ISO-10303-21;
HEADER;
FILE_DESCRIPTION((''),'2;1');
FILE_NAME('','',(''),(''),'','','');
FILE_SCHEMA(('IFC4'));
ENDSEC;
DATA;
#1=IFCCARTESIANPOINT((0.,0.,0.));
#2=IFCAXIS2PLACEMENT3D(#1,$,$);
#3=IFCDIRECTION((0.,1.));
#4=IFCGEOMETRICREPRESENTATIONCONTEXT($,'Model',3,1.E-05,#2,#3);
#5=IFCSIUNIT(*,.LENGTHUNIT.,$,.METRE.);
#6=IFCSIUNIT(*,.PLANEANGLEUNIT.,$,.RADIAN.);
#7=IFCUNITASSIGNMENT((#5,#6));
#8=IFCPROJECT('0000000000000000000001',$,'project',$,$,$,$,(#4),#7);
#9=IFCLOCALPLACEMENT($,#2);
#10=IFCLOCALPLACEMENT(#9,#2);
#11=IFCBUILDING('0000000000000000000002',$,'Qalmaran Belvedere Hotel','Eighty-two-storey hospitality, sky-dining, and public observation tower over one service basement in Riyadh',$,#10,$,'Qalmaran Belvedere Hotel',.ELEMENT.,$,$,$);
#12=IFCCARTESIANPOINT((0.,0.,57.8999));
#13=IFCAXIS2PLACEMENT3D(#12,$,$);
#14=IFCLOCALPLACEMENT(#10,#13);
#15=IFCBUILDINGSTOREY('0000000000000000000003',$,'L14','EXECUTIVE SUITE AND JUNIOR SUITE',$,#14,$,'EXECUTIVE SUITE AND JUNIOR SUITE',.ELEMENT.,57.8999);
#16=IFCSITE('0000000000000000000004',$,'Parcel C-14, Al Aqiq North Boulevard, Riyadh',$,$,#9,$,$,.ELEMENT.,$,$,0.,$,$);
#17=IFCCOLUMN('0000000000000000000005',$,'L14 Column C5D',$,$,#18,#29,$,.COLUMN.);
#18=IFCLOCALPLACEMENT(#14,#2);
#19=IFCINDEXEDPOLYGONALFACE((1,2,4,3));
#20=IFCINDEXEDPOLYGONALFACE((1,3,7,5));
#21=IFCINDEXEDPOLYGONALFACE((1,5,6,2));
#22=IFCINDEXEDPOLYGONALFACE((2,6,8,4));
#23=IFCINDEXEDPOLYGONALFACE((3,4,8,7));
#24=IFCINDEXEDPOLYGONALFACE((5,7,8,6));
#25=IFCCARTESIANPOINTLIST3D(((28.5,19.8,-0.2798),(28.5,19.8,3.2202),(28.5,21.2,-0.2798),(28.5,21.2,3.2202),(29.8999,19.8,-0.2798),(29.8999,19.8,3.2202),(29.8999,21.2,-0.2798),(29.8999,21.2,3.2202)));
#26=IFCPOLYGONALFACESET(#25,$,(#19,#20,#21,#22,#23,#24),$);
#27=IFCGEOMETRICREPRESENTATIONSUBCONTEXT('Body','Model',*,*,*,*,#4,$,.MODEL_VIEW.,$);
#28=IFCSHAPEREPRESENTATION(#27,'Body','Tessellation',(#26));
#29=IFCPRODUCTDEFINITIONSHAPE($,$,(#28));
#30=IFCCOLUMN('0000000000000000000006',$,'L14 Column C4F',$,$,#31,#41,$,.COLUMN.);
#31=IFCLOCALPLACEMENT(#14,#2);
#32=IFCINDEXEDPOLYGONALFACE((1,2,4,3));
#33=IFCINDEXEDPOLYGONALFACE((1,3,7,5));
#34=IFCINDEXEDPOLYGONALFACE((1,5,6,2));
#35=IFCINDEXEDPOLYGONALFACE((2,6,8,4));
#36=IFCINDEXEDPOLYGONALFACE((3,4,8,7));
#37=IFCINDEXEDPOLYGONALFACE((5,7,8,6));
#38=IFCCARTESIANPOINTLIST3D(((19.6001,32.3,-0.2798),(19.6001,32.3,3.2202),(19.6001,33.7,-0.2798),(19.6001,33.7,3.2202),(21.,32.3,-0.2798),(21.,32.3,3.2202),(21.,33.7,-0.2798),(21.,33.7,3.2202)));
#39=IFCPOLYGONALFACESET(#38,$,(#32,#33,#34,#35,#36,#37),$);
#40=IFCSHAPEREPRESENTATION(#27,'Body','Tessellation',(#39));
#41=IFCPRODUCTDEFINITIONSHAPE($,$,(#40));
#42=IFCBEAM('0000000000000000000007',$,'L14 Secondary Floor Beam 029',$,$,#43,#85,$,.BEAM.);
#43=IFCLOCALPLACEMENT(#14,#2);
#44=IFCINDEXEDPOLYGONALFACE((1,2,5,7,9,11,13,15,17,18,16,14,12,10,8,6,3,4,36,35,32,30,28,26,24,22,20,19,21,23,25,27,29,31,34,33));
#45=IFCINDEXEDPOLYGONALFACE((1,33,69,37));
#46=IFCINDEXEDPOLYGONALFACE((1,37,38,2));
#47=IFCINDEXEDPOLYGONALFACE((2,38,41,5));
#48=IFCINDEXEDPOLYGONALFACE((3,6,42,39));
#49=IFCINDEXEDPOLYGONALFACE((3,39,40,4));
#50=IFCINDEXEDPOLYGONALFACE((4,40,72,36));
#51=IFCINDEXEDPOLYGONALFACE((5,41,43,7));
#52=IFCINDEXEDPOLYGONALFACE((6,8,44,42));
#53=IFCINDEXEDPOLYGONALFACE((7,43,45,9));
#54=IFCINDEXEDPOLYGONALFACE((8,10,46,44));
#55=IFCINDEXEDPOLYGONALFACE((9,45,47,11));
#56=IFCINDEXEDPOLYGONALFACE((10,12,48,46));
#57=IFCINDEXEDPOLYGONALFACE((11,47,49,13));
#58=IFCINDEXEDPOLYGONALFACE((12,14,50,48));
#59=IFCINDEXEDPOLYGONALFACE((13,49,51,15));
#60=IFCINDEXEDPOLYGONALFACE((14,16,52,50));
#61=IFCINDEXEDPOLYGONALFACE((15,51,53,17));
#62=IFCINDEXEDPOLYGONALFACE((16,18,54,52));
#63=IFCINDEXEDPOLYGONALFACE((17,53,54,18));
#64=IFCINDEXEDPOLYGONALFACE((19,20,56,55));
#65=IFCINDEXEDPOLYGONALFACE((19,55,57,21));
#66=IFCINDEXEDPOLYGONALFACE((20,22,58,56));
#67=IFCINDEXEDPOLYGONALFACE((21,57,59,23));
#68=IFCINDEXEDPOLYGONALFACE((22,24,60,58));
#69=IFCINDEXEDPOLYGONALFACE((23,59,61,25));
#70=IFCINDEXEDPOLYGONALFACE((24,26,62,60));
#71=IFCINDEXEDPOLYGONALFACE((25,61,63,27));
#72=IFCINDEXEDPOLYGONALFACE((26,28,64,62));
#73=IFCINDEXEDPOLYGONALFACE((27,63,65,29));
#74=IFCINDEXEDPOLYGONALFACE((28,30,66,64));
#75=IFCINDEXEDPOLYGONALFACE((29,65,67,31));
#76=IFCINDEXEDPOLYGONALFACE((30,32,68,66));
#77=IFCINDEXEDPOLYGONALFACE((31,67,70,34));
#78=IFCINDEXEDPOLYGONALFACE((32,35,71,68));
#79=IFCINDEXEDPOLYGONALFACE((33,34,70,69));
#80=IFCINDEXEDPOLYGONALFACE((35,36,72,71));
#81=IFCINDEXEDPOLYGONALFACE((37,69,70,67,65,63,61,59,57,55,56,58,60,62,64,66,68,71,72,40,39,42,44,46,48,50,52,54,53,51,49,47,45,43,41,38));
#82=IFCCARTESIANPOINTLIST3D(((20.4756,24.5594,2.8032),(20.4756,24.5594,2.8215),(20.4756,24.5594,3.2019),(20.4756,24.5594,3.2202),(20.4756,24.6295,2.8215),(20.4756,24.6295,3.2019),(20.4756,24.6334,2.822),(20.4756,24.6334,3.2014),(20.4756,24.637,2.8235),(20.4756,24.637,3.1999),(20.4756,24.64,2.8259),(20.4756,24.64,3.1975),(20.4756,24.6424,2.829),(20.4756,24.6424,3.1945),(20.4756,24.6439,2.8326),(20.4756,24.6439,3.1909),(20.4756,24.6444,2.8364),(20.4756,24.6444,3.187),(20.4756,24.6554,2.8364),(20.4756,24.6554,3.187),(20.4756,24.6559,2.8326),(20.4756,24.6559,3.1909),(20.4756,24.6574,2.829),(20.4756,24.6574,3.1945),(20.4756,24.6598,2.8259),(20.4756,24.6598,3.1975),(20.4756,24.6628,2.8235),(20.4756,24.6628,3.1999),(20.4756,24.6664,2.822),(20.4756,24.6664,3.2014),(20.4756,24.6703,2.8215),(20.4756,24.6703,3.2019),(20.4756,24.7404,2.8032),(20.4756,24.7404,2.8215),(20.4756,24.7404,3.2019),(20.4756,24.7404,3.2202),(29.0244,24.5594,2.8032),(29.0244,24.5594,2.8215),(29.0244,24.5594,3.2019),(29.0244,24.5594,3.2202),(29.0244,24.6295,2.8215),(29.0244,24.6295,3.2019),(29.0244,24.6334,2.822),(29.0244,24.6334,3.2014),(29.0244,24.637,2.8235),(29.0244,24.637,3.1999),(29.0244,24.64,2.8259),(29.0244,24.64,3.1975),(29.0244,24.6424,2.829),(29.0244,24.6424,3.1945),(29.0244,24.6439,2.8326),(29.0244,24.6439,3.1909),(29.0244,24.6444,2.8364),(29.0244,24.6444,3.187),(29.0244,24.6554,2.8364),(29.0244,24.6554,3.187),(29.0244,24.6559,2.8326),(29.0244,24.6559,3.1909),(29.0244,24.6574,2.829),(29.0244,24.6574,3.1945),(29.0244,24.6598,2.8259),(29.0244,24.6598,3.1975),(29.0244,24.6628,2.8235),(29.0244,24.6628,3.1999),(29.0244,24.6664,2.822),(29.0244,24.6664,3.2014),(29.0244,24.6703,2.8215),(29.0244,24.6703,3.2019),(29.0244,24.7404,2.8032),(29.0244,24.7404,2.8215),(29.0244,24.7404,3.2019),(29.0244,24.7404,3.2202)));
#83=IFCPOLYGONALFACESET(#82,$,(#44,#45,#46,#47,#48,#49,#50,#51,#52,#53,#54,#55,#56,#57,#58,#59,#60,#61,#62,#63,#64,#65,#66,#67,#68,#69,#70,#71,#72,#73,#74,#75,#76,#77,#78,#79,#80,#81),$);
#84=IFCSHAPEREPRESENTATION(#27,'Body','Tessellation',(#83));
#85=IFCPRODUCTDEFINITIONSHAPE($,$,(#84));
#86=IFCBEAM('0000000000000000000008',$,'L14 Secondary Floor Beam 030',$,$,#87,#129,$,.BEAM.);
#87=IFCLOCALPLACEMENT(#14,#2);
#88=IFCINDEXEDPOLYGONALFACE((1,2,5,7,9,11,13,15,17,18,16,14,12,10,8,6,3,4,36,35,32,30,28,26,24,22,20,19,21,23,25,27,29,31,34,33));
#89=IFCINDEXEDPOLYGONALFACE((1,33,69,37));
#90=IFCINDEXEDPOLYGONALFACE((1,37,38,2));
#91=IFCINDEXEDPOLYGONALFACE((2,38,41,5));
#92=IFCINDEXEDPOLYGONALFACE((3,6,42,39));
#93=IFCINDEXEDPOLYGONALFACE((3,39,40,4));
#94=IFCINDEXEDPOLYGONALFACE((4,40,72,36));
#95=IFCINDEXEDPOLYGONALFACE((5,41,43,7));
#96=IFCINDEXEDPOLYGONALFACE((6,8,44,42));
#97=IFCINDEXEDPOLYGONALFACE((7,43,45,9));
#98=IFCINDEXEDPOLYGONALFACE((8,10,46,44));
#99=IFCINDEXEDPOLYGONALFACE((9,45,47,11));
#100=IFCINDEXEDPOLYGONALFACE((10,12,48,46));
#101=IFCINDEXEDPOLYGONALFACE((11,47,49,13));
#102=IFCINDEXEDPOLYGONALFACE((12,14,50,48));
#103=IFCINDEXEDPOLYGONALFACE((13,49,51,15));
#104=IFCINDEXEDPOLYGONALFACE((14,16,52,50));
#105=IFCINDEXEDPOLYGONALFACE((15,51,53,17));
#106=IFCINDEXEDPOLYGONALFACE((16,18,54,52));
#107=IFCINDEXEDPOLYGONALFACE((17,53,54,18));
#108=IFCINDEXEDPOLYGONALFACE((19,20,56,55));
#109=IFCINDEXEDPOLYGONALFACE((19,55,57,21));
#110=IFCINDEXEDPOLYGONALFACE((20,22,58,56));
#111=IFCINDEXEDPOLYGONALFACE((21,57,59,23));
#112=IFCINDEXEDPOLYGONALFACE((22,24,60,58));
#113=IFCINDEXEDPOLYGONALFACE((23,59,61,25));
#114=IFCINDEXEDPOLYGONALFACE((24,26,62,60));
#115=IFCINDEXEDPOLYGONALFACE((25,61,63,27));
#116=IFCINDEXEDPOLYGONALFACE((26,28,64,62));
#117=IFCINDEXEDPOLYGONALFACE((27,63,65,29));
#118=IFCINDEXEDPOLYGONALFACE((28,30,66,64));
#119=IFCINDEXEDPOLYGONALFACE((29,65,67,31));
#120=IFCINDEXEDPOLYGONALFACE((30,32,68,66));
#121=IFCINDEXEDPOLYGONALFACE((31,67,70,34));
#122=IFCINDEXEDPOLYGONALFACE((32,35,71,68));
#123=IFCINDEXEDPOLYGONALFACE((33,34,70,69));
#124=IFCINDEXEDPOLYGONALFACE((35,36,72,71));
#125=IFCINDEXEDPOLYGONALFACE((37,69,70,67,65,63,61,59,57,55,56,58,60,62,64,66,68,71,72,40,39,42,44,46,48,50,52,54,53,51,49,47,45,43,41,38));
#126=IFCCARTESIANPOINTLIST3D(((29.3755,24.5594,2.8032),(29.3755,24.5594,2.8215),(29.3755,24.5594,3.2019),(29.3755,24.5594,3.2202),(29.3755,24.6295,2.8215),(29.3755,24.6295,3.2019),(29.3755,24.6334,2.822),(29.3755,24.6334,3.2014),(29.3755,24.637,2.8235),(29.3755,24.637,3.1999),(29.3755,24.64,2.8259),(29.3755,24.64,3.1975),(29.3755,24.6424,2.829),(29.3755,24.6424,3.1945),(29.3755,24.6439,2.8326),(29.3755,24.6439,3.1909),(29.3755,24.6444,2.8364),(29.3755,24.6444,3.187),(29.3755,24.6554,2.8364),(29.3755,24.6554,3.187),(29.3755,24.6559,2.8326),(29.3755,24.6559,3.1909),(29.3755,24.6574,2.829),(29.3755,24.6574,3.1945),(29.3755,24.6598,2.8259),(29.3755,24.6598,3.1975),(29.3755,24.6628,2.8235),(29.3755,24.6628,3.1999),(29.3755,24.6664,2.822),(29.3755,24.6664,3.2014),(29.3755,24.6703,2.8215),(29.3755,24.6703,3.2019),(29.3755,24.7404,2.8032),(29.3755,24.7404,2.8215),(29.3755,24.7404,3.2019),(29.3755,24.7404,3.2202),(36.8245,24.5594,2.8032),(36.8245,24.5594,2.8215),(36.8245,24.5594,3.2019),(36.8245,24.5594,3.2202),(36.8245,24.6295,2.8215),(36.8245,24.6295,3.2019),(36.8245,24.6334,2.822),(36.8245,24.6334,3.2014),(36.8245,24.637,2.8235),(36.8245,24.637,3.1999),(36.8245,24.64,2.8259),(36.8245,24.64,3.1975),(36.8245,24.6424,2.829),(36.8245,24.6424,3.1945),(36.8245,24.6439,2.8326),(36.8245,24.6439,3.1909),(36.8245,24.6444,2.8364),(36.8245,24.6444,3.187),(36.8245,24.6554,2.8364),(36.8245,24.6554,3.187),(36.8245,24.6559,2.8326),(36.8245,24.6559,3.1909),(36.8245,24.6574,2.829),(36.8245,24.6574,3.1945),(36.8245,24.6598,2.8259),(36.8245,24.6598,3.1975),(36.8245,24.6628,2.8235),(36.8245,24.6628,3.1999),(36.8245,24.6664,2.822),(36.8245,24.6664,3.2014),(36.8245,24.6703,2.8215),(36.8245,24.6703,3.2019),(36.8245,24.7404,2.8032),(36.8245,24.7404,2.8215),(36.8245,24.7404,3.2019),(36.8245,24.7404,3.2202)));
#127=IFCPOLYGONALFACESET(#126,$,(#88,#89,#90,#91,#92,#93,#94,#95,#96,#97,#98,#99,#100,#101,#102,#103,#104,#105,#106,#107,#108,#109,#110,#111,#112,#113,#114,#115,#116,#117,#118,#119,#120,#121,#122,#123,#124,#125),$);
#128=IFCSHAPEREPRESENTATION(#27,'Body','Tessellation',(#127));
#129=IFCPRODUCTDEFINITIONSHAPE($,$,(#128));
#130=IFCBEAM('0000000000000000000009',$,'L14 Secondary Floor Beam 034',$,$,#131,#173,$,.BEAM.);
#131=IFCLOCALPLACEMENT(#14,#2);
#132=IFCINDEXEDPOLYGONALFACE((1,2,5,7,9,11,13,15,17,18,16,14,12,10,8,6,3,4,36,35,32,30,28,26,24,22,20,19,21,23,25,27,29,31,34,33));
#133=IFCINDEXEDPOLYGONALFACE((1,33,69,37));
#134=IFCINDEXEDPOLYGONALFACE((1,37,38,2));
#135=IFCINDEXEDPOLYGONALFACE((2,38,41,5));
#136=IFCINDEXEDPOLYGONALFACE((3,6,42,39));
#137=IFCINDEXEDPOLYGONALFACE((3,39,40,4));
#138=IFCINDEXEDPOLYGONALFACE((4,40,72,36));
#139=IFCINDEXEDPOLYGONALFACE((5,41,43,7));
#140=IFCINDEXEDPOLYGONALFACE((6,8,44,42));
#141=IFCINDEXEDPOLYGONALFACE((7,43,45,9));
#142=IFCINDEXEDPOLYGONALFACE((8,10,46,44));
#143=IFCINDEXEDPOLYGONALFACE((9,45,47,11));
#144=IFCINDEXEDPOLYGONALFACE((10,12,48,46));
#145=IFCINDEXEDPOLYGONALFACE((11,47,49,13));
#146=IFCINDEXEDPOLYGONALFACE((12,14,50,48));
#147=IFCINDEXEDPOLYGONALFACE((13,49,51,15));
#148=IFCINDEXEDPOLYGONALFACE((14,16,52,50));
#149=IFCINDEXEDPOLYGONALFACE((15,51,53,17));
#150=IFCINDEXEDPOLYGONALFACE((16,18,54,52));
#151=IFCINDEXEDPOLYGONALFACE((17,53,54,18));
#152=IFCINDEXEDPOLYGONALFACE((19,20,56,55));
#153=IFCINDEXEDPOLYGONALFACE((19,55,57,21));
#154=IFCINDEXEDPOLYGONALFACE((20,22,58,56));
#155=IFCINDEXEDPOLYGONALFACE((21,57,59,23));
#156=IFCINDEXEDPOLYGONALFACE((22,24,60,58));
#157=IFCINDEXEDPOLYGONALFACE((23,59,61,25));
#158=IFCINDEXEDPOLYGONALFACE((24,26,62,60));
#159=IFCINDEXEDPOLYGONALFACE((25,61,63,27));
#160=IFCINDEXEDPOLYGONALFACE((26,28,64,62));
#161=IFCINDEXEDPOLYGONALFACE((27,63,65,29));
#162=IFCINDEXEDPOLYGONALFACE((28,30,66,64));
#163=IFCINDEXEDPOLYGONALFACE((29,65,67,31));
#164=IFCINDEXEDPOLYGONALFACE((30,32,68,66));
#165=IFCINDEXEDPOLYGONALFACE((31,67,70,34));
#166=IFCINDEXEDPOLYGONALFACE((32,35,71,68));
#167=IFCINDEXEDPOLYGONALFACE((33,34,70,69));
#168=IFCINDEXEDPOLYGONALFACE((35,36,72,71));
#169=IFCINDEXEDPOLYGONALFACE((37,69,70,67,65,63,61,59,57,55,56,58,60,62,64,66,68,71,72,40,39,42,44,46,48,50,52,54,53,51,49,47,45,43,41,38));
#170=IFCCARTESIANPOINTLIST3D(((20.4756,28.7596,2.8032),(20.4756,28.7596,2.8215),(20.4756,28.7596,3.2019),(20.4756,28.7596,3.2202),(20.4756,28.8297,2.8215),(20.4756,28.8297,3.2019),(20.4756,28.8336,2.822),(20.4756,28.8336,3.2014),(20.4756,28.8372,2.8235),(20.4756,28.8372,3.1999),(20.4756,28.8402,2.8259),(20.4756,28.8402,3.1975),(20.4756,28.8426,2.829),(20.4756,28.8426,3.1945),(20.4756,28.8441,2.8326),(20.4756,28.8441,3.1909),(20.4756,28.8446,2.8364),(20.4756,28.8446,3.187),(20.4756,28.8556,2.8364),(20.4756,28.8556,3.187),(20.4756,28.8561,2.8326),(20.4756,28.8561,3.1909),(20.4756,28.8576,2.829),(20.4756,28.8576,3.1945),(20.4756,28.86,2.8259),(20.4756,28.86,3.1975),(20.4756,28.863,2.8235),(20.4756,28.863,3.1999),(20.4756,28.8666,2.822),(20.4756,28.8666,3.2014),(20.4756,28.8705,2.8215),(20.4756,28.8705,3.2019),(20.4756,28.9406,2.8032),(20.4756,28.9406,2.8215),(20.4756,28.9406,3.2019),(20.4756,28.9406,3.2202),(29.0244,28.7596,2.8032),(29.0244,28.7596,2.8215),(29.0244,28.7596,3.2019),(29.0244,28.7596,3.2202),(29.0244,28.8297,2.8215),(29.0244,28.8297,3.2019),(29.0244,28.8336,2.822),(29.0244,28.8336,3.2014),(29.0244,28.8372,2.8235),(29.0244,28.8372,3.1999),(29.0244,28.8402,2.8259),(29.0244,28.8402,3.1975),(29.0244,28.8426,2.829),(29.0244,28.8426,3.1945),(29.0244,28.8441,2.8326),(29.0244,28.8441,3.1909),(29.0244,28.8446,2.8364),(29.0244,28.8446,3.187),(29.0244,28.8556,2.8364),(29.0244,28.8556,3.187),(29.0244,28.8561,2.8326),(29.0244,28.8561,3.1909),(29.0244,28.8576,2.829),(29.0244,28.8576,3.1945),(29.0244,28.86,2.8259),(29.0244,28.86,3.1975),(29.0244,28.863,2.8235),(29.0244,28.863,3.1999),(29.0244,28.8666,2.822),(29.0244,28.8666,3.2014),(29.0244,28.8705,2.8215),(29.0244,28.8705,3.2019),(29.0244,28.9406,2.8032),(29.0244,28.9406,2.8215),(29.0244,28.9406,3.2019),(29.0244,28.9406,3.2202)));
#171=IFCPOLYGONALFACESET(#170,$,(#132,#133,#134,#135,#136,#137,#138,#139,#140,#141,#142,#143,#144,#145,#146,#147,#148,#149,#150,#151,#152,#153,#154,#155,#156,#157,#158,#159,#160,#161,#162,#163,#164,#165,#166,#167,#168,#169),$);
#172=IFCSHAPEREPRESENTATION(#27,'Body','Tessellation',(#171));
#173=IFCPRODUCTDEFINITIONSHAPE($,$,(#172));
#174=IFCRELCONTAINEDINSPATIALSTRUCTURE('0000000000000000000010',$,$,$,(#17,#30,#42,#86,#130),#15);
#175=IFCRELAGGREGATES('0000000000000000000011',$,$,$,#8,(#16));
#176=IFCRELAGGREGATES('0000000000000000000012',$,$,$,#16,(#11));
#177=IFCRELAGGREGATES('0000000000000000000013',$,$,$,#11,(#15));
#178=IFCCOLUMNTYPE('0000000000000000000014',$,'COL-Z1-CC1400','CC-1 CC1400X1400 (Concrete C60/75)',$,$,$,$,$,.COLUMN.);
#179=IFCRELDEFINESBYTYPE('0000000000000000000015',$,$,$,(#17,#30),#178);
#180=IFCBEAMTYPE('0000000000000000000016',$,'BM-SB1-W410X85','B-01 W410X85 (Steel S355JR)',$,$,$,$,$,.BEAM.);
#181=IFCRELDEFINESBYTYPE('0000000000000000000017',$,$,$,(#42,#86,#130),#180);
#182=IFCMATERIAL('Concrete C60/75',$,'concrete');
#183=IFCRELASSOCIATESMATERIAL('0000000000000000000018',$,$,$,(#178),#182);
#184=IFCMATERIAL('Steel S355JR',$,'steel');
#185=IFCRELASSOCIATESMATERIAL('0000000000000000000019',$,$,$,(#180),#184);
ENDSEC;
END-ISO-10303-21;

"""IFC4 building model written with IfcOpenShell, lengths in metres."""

from ifc_helpers import new_model, si_unit, direction, frame, origin, origin_2d, place, context, subcontext, project, spatial, rectangle, i_section, extrude, material, material_profile, profile_set, type_object, element, save


model = new_model("IFC4")

# Units and contexts
model_context = context("Model", 3, precision=1e-05, world=origin(), true_north=direction((0.0, 1.0)))
body_context = subcontext(model_context, "Body", "Model", "MODEL_VIEW")
ifc_project = project(units=[si_unit("LENGTHUNIT", "METRE"), si_unit("PLANEANGLEUNIT", "RADIAN")], contexts=[model_context])

# Site, building, storey
site_placement = place(None, origin())
site = spatial("IfcSite", under=ifc_project, at=site_placement, Name="Parcel C-14, Al Aqiq North Boulevard, Riyadh", CompositionType="ELEMENT", RefElevation=0.0)
building_placement = place(site_placement, origin())
building = spatial("IfcBuilding", under=site, at=building_placement, Name="Qalmaran Belvedere Hotel", Description="Eighty-two-storey hospitality, sky-dining, and public observation tower over one service basement in Riyadh", LongName="Qalmaran Belvedere Hotel", CompositionType="ELEMENT")
storey_placement = place(building_placement, frame((0.0, 0.0, 57.8999)))
storey = spatial("IfcBuildingStorey", under=building, at=storey_placement, Name="L14", Description="EXECUTIVE SUITE AND JUNIOR SUITE", LongName="EXECUTIVE SUITE AND JUNIOR SUITE", CompositionType="ELEMENT", Elevation=57.8999)

# Columns
ifc_material_1 = material(Name="Concrete C60/75", Category="concrete")
ifc_material_profile_1 = material_profile(ifc_material_1, rectangle(XDim=1.3999, YDim=1.3999, at=origin_2d()), Name="CC1400X1400")
ifc_profile_set_1 = profile_set([ifc_material_profile_1], Name="Concrete C60/75")
column_type = type_object("IfcColumnType", Name="COL-Z1-CC1400", Description="CC-1 CC1400X1400 (Concrete C60/75)", PredefinedType="COLUMN", material=ifc_profile_set_1)
for number, where, z_axis, x_axis, name in (
    (1, (29.2, 20.5, -0.2798), (0.0, 0.0, 1.0), (1.0, 0.0, 0.0), "L14 Column C5D"),
    (2, (20.3, 33.0, -0.2798), (0.0, 0.0, 1.0), (1.0, 0.0, 0.0), "L14 Column C4F"),
):
    element("IfcColumn", number, at=place(storey_placement, frame(where, z_axis=z_axis, x_axis=x_axis)), inside=storey, type_object=column_type, Name=name, PredefinedType="COLUMN", context=body_context, shape_type="SweptSolid", body=[
        extrude(rectangle(XDim=1.3999, YDim=1.3999, at=origin_2d()), origin(), (0.0, 0.0, 1.0), 3.5),
    ])

# Beams
ifc_material_2 = material(Name="Steel S355JR", Category="steel")
ifc_material_profile_2 = material_profile(ifc_material_2, i_section(OverallWidth=0.1809, OverallDepth=0.417, WebThickness=0.011, FlangeThickness=0.0183, FilletRadius=0.0149, at=origin_2d()), Name="W410X85")
ifc_profile_set_2 = profile_set([ifc_material_profile_2], Name="Steel S355JR")
beam_type_1 = type_object("IfcBeamType", Name="BM-SB1-W410X85", Description="B-01 W410X85 (Steel S355JR)", PredefinedType="BEAM", material=ifc_profile_set_2)
beam_1_placement = place(storey_placement, frame((20.4756, 24.6499, 3.0117), z_axis=(1.0, 0.0, 0.0), x_axis=(0.0, 1.0, 0.0)))
element("IfcBeam", 3, at=beam_1_placement, inside=storey, type_object=beam_type_1, Name="L14 Secondary Floor Beam 029", PredefinedType="BEAM", context=body_context, shape_type="SweptSolid", body=[
    extrude(i_section(OverallWidth=0.1809, OverallDepth=0.417, WebThickness=0.011, FlangeThickness=0.0183, FilletRadius=0.0149, at=origin_2d()), origin(), (0.0, 0.0, 1.0), 8.5488),
])
beam_2_placement = place(storey_placement, frame((29.3755, 24.6499, 3.0117), z_axis=(1.0, 0.0, 0.0), x_axis=(0.0, 1.0, 0.0)))
element("IfcBeam", 4, at=beam_2_placement, inside=storey, type_object=beam_type_1, Name="L14 Secondary Floor Beam 030", PredefinedType="BEAM", context=body_context, shape_type="SweptSolid", body=[
    extrude(i_section(OverallWidth=0.1809, OverallDepth=0.417, WebThickness=0.011, FlangeThickness=0.0183, FilletRadius=0.0149, at=origin_2d()), origin(), (0.0, 0.0, 1.0), 7.449),
])
beam_3_placement = place(storey_placement, frame((20.4756, 28.8501, 3.0117), z_axis=(1.0, 0.0, 0.0), x_axis=(0.0, 1.0, 0.0)))
element("IfcBeam", 5, at=beam_3_placement, inside=storey, type_object=beam_type_1, Name="L14 Secondary Floor Beam 034", PredefinedType="BEAM", context=body_context, shape_type="SweptSolid", body=[
    extrude(i_section(OverallWidth=0.1809, OverallDepth=0.417, WebThickness=0.011, FlangeThickness=0.0183, FilletRadius=0.0149, at=origin_2d()), origin(), (0.0, 0.0, 1.0), 8.5488),
])

save(model, "model.ifc")
